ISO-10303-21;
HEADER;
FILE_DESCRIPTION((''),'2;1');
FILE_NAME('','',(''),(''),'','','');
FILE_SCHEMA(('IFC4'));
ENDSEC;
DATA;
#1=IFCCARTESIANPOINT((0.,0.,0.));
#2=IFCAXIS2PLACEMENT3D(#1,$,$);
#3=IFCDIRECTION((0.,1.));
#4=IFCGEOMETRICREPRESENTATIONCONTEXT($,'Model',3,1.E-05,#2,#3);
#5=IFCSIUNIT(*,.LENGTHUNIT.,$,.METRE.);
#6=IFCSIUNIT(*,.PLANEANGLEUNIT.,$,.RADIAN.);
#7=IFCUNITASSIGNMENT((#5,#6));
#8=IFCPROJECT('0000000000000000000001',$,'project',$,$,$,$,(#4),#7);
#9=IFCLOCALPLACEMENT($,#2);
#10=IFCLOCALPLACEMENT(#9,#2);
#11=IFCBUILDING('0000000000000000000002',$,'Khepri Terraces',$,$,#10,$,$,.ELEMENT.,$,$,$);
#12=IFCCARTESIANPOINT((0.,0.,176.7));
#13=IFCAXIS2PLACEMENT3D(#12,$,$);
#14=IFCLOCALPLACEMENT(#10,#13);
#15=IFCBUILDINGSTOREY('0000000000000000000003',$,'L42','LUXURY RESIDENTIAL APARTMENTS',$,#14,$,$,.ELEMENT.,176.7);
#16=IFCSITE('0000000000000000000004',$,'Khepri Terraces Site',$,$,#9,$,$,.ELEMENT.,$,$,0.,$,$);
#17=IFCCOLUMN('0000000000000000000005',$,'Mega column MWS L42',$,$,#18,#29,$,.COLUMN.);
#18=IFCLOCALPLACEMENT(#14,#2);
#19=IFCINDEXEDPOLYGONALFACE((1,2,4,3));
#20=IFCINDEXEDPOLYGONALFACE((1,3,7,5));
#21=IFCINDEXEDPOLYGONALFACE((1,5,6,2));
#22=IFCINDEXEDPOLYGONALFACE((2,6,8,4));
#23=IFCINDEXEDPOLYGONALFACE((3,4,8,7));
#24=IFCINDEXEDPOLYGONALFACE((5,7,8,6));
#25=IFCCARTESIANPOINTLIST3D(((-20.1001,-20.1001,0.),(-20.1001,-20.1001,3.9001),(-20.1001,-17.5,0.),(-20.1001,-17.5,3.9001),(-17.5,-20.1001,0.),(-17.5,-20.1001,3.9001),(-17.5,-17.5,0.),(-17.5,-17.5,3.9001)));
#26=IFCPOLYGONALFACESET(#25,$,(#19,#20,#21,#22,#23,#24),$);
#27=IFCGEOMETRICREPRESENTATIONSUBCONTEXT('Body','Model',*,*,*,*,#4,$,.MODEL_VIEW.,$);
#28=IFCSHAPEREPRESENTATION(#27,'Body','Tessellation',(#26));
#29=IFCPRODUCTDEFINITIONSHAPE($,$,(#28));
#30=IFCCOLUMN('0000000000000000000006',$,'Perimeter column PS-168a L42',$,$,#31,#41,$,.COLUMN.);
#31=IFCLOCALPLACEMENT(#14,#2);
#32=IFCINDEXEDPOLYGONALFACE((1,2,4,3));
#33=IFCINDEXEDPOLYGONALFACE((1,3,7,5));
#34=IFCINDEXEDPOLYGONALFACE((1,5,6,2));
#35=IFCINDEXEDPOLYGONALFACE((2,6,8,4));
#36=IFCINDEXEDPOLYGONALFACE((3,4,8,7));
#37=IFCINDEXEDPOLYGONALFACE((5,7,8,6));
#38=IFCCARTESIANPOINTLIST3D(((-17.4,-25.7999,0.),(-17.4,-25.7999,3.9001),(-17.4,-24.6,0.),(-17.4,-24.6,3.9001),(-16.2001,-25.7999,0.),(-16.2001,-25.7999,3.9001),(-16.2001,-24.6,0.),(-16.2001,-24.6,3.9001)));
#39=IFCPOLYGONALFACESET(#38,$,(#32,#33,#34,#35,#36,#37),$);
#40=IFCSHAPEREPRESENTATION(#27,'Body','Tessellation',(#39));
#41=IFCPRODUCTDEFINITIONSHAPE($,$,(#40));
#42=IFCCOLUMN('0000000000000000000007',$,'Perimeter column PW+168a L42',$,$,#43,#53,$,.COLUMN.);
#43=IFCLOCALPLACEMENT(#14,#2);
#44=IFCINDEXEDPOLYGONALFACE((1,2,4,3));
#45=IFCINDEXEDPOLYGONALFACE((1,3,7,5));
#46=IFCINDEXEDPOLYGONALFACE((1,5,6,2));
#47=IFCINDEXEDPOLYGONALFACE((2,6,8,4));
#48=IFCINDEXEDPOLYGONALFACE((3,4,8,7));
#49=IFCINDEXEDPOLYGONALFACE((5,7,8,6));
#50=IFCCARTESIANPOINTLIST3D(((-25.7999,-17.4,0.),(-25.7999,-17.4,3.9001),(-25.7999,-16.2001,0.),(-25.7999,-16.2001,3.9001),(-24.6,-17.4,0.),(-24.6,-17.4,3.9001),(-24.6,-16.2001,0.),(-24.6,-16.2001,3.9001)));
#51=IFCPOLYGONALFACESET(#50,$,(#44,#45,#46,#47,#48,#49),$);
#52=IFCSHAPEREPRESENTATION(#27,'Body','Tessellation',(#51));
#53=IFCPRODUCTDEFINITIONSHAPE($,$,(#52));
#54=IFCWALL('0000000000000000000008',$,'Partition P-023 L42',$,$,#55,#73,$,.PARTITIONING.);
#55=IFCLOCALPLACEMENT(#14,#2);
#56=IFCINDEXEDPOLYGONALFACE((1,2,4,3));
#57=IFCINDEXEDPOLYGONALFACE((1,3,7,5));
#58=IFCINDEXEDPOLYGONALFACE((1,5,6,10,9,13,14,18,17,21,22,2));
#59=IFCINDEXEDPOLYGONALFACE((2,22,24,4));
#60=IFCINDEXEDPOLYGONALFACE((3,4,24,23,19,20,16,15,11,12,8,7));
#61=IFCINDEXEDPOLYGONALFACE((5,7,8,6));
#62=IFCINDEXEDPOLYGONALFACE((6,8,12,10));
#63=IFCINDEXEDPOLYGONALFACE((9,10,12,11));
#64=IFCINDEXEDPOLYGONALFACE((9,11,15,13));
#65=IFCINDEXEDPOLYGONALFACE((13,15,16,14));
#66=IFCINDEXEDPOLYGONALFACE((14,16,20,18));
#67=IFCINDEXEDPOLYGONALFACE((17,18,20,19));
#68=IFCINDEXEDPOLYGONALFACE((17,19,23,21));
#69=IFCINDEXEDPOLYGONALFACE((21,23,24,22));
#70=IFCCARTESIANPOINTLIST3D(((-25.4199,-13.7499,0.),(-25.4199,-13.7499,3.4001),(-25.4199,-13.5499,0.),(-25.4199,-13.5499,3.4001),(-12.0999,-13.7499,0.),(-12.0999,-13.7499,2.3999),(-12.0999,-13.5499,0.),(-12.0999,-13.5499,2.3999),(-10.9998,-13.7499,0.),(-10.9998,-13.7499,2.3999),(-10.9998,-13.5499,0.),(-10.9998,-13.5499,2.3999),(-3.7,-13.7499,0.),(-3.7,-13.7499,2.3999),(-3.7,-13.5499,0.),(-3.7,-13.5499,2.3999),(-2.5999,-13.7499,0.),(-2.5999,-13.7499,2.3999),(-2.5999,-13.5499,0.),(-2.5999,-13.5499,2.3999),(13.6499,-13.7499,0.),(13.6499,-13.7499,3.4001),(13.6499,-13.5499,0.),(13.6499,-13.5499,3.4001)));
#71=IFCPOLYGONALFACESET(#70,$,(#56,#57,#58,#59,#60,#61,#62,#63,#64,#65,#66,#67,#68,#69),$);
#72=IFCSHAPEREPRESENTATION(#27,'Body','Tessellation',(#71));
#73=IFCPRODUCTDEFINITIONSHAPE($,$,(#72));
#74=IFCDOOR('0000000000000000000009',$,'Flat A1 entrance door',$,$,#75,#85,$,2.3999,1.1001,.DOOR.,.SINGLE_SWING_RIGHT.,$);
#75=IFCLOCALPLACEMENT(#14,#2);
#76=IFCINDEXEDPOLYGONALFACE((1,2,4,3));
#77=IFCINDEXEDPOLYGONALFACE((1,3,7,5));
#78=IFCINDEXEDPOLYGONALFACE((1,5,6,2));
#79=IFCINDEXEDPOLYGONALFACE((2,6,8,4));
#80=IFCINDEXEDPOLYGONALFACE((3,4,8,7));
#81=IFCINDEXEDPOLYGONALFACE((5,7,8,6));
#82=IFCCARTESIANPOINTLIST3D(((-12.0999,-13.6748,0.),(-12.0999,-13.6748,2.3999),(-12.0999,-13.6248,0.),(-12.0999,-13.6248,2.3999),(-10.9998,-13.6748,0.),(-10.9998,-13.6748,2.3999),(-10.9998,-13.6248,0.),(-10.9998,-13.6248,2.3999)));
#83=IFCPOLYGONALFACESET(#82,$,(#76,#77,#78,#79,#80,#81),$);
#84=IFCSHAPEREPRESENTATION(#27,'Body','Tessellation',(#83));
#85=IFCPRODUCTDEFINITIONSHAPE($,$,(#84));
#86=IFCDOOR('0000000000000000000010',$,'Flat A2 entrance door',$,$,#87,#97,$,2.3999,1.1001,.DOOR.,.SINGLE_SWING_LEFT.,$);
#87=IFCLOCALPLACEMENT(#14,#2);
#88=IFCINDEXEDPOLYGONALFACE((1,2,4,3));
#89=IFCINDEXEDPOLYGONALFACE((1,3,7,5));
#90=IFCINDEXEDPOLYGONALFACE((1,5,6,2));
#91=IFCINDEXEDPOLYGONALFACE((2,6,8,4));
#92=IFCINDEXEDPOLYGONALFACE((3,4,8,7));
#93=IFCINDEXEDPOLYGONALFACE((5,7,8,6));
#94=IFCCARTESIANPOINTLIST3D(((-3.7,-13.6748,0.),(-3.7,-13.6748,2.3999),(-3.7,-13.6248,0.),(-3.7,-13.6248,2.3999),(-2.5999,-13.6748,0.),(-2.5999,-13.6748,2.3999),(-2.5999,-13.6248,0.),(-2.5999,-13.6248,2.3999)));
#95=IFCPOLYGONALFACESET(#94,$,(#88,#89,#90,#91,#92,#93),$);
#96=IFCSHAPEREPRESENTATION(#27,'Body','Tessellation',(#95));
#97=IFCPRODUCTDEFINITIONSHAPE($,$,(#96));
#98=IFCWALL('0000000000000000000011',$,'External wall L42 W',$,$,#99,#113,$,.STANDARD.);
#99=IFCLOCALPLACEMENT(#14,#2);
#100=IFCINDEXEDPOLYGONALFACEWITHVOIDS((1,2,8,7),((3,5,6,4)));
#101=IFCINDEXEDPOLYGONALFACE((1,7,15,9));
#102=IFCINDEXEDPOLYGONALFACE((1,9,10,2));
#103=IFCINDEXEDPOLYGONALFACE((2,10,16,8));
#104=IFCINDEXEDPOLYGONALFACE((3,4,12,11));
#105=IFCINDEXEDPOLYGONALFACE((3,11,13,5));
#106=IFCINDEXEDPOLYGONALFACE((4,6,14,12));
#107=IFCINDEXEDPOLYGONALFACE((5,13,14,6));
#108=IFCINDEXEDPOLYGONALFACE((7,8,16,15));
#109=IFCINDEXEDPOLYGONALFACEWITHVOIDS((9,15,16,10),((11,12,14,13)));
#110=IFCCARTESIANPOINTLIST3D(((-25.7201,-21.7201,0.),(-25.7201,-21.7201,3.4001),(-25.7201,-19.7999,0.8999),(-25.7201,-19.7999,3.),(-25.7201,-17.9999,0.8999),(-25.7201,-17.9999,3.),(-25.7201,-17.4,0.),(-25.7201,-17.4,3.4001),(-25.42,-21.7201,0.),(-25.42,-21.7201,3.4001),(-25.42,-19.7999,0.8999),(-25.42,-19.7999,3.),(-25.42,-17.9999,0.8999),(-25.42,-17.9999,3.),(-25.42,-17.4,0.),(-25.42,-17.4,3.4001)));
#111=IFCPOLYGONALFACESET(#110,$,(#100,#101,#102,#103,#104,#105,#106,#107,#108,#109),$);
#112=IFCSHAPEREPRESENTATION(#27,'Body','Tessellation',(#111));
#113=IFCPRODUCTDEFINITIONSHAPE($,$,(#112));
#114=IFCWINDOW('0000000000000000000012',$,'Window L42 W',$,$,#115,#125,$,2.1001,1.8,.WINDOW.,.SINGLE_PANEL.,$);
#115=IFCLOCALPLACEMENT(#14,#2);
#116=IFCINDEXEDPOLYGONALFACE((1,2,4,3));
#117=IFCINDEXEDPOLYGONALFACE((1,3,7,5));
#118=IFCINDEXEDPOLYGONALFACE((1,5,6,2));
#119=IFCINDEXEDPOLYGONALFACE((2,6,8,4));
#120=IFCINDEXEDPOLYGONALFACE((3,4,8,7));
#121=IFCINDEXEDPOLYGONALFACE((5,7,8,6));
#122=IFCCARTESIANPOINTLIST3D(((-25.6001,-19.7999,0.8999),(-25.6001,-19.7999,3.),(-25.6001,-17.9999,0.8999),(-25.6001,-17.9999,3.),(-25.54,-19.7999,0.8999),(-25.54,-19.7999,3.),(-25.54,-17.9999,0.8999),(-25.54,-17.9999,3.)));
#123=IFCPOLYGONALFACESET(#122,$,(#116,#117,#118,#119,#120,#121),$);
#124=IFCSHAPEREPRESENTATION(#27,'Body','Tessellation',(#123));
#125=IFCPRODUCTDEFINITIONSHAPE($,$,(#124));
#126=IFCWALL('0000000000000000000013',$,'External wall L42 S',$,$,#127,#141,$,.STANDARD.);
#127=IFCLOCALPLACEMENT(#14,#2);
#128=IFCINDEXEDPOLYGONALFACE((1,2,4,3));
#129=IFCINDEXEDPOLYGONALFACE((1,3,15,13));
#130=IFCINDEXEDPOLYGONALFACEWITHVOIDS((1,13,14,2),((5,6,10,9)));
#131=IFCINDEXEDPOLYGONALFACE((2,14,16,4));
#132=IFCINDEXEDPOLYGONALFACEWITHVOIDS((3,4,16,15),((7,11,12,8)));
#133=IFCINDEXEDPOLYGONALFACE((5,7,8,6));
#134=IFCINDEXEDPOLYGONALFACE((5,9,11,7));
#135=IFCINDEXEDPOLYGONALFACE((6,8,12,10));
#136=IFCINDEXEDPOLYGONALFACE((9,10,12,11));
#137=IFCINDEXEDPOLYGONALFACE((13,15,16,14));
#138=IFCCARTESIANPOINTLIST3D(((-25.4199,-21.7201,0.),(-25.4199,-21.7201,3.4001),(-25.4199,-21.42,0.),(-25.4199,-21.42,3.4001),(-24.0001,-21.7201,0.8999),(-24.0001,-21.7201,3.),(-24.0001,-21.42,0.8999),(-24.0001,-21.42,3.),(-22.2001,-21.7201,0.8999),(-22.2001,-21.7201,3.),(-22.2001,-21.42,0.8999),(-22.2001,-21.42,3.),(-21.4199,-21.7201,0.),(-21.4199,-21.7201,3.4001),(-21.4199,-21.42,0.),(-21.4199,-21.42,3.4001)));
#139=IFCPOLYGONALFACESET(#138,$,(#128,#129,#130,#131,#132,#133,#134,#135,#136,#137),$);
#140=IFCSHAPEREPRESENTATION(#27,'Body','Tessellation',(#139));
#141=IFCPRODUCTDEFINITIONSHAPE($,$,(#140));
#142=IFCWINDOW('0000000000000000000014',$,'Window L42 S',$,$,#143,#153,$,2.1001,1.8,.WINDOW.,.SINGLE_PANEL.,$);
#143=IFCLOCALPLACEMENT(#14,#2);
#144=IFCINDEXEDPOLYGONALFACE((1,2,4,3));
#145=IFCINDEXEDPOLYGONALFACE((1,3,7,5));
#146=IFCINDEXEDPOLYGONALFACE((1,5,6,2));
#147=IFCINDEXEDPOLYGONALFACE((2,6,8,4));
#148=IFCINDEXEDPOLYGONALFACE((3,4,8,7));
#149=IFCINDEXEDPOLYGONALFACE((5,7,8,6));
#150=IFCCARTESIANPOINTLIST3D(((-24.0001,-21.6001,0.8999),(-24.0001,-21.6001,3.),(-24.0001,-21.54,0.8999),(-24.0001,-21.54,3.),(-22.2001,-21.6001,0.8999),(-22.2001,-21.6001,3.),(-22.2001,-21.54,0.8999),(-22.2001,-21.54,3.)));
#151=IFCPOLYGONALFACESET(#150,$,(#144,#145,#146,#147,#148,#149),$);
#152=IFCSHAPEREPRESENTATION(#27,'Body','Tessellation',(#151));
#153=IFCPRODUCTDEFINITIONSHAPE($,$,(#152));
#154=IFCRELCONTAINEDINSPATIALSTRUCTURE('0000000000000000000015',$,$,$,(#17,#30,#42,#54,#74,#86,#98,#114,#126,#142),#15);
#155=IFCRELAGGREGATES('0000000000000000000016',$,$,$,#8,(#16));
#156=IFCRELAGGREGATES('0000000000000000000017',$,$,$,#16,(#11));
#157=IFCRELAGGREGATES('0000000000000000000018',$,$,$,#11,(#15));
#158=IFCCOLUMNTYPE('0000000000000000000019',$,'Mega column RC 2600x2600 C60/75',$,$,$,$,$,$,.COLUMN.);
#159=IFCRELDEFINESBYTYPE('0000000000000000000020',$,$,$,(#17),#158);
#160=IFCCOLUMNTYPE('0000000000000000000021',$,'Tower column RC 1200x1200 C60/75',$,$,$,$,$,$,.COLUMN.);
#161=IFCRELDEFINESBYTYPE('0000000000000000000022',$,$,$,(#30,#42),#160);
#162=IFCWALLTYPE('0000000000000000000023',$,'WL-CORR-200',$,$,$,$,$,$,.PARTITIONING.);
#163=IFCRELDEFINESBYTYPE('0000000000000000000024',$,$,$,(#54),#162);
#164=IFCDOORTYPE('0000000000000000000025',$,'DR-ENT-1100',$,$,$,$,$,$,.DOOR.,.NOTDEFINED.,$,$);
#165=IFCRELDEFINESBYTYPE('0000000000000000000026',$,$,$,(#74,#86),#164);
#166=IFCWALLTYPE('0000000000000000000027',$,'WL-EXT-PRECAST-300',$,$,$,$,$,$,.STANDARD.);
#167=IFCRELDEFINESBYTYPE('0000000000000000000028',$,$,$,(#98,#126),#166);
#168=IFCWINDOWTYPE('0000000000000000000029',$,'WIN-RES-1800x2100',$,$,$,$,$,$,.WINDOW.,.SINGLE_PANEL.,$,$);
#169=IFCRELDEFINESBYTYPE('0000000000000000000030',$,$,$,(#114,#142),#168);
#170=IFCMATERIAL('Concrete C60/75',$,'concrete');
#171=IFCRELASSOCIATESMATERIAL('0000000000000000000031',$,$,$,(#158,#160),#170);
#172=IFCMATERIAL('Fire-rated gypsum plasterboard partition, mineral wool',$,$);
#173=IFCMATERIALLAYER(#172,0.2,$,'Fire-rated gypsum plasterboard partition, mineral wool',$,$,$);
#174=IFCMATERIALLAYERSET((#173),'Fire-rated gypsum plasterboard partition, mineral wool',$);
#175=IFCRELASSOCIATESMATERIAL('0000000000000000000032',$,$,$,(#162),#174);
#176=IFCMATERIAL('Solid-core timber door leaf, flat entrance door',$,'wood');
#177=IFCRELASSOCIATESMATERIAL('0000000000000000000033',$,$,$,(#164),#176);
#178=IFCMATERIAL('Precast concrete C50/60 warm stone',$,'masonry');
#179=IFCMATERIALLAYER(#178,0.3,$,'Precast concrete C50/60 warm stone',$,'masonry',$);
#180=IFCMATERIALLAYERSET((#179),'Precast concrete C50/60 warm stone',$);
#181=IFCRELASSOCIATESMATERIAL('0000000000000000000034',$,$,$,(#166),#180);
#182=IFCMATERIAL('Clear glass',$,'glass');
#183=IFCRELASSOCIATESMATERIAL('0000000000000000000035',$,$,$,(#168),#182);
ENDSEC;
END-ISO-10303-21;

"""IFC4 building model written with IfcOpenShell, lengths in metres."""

from ifc_helpers import new_model, si_unit, direction, frame, frame_2d, origin, origin_2d, place, context, subcontext, project, spatial, rectangle, extrude, material, layer, layer_set, material_profile, profile_set, type_object, element, fill, save


model = new_model("IFC4")

# Units and contexts
model_context = context("Model", 3, precision=1e-05, world=origin(), true_north=direction((0.0, 1.0)))
body_context = subcontext(model_context, "Body", "Model", "MODEL_VIEW")
ifc_project = project(units=[si_unit("LENGTHUNIT", "METRE"), si_unit("PLANEANGLEUNIT", "RADIAN")], contexts=[model_context])

# Site, building, storey
site_placement = place(None, origin())
site = spatial("IfcSite", under=ifc_project, at=site_placement, Name="Khepri Terraces Site", CompositionType="ELEMENT", RefElevation=0.0)
building_placement = place(site_placement, origin())
building = spatial("IfcBuilding", under=site, at=building_placement, Name="Khepri Terraces", CompositionType="ELEMENT")
storey_placement = place(building_placement, frame((0.0, 0.0, 176.7)))
storey = spatial("IfcBuildingStorey", under=building, at=storey_placement, Name="L42", Description="LUXURY RESIDENTIAL APARTMENTS", CompositionType="ELEMENT", Elevation=176.7)

# Columns
ifc_material_1 = material(Name="Concrete C60/75", Category="concrete")
ifc_material_profile_1 = material_profile(ifc_material_1, rectangle(XDim=2.6001, YDim=2.6001, at=origin_2d()), Name="Concrete C60/75", Category="concrete")
ifc_profile_set_1 = profile_set([ifc_material_profile_1], Name="Concrete C60/75")
column_type_1 = type_object("IfcColumnType", Name="Mega column RC 2600x2600 C60/75", PredefinedType="COLUMN", material=ifc_profile_set_1)
column_placement = place(storey_placement, frame((-18.8, -18.8, 0.0), z_axis=(0.0, 0.0, 1.0), x_axis=(1.0, 0.0, 0.0)))
element("IfcColumn", 1, at=column_placement, inside=storey, type_object=column_type_1, Name="Mega column MWS L42", PredefinedType="COLUMN", context=body_context, shape_type="SweptSolid", body=[
    extrude(rectangle(XDim=2.6001, YDim=2.6001, at=origin_2d()), origin(), (0.0, 0.0, 1.0), 3.9001),
])
ifc_material_profile_2 = material_profile(ifc_material_1, rectangle(XDim=1.2, YDim=1.2, at=origin_2d()), Name="Concrete C60/75", Category="concrete")
ifc_profile_set_2 = profile_set([ifc_material_profile_2], Name="Concrete C60/75")
column_type_2 = type_object("IfcColumnType", Name="Tower column RC 1200x1200 C60/75", PredefinedType="COLUMN", material=ifc_profile_set_2)
for number, where, z_axis, x_axis, name in (
    (2, (-16.8, -25.2, 0.0), (0.0, 0.0, 1.0), (1.0, 0.0, 0.0), "Perimeter column PS-168a L42"),
    (3, (-25.2, -16.8, 0.0), (0.0, 0.0, 1.0), (1.0, 0.0, 0.0), "Perimeter column PW+168a L42"),
):
    element("IfcColumn", number, at=place(storey_placement, frame(where, z_axis=z_axis, x_axis=x_axis)), inside=storey, type_object=column_type_2, Name=name, PredefinedType="COLUMN", context=body_context, shape_type="SweptSolid", body=[
        extrude(rectangle(XDim=1.2, YDim=1.2, at=origin_2d()), origin(), (0.0, 0.0, 1.0), 3.9001),
    ])

# Wall, openings, doors
ifc_material_2 = material(Name="Fire-rated gypsum plasterboard partition, mineral wool")
ifc_layer_1 = layer(ifc_material_2, 0.2, Name="Fire-rated gypsum plasterboard partition, mineral wool")
ifc_layer_set_1 = layer_set([ifc_layer_1], Name="Fire-rated gypsum plasterboard partition, mineral wool")
wall_type_1 = type_object("IfcWallType", Name="WL-CORR-200", PredefinedType="PARTITIONING", material=ifc_layer_set_1)
wall_1_placement = place(storey_placement, frame((-25.4199, -13.6499, 0.0), z_axis=(0.0, 0.0, 1.0), x_axis=(1.0, 0.0, 0.0)))
wall_1 = element("IfcWall", 4, at=wall_1_placement, inside=storey, type_object=wall_type_1, Name="Partition P-023 L42", PredefinedType="PARTITIONING", context=body_context, shape_type="SweptSolid", body=[
    extrude(rectangle(XDim=39.0698, YDim=0.2, at=frame_2d((19.5349, 0.0))), origin(), (0.0, 0.0, 1.0), 3.4001),
])
opening_1_placement = place(wall_1_placement, frame((13.3201, 0.0, 0.0)))
opening_1 = element("IfcOpeningElement", 5, at=opening_1_placement, cuts=wall_1, PredefinedType="OPENING", context=body_context, shape_type="SweptSolid", body=[
    extrude(rectangle(XDim=1.1001, YDim=2.3999, at=frame_2d((0.55, 1.2))), frame((0.0, 0.1099, 0.0), z_axis=(0.0, -1.0, 0.0), x_axis=(1.0, 0.0, 0.0)), (0.0, 0.0, 1.0), 0.22),
])
opening_2_placement = place(wall_1_placement, frame((21.72, 0.0, 0.0)))
opening_2 = element("IfcOpeningElement", 6, at=opening_2_placement, cuts=wall_1, PredefinedType="OPENING", context=body_context, shape_type="SweptSolid", body=[
    extrude(rectangle(XDim=1.1001, YDim=2.3999, at=frame_2d((0.55, 1.2))), frame((0.0, 0.1099, 0.0), z_axis=(0.0, -1.0, 0.0), x_axis=(1.0, 0.0, 0.0)), (0.0, 0.0, 1.0), 0.22),
])
ifc_material_3 = material(Name="Solid-core timber door leaf, flat entrance door", Category="wood")
door_type_1 = type_object("IfcDoorType", Name="DR-ENT-1100", OperationType="NOTDEFINED", PredefinedType="DOOR", material=ifc_material_3)
door_1_placement = place(opening_1_placement, frame((1.1001, 0.0, 0.0), z_axis=(0.0, 0.0, 1.0), x_axis=(-1.0, 0.0, 0.0)))
door_1 = element("IfcDoor", 7, at=door_1_placement, inside=storey, type_object=door_type_1, Name="Flat A1 entrance door", OperationType="SINGLE_SWING_RIGHT", OverallHeight=2.3999, OverallWidth=1.1001, PredefinedType="DOOR", context=body_context, shape_type="SweptSolid", body=[
    extrude(rectangle(XDim=1.1001, YDim=2.3999, at=frame_2d((0.55, 1.2))), frame((0.0, 0.0249, 0.0), z_axis=(0.0, -1.0, 0.0), x_axis=(1.0, 0.0, 0.0)), (0.0, 0.0, 1.0), 0.05),
])
fill(opening_1, door_1)
door_2_placement = place(opening_2_placement, frame((1.1001, 0.0, 0.0), z_axis=(0.0, 0.0, 1.0), x_axis=(-1.0, 0.0, 0.0)))
door_2 = element("IfcDoor", 8, at=door_2_placement, inside=storey, type_object=door_type_1, Name="Flat A2 entrance door", OperationType="SINGLE_SWING_LEFT", OverallHeight=2.3999, OverallWidth=1.1001, PredefinedType="DOOR", context=body_context, shape_type="SweptSolid", body=[
    extrude(rectangle(XDim=1.1001, YDim=2.3999, at=frame_2d((0.55, 1.2))), frame((0.0, 0.0249, 0.0), z_axis=(0.0, -1.0, 0.0), x_axis=(1.0, 0.0, 0.0)), (0.0, 0.0, 1.0), 0.05),
])
fill(opening_2, door_2)

# Walls, openings, windows
ifc_material_4 = material(Name="Precast concrete C50/60 warm stone", Category="masonry")
ifc_layer_2 = layer(ifc_material_4, 0.3, Name="Precast concrete C50/60 warm stone", Category="masonry")
ifc_layer_set_2 = layer_set([ifc_layer_2], Name="Precast concrete C50/60 warm stone")
wall_type_2 = type_object("IfcWallType", Name="WL-EXT-PRECAST-300", PredefinedType="STANDARD", material=ifc_layer_set_2)
wall_2_placement = place(storey_placement, frame((-25.5701, -17.3999, 0.0), z_axis=(0.0, 0.0, 1.0), x_axis=(0.0, -1.0, 0.0)))
wall_2 = element("IfcWall", 9, at=wall_2_placement, inside=storey, type_object=wall_type_2, Name="External wall L42 W", PredefinedType="STANDARD", context=body_context, shape_type="SweptSolid", body=[
    extrude(rectangle(XDim=4.3201, YDim=0.3, at=frame_2d((2.1602, 0.0))), origin(), (0.0, 0.0, 1.0), 3.4001),
])
opening_3_placement = place(wall_2_placement, frame((0.6001, 0.0, 0.8999)))
opening_3 = element("IfcOpeningElement", 10, at=opening_3_placement, cuts=wall_2, PredefinedType="OPENING", context=body_context, shape_type="SweptSolid", body=[
    extrude(rectangle(XDim=1.8, YDim=2.1001, at=frame_2d((0.8999, 1.05))), frame((0.0, 0.1602, 0.0), z_axis=(0.0, -1.0, 0.0), x_axis=(1.0, 0.0, 0.0)), (0.0, 0.0, 1.0), 0.3201),
])
ifc_material_5 = material(Name="Clear glass", Category="glass")
window_type = type_object("IfcWindowType", Name="WIN-RES-1800x2100", PartitioningType="SINGLE_PANEL", PredefinedType="WINDOW", material=ifc_material_5)
window_1_placement = place(opening_3_placement, origin())
window_1 = element("IfcWindow", 11, at=window_1_placement, inside=storey, type_object=window_type, Name="Window L42 W", OverallHeight=2.1001, OverallWidth=1.8, PartitioningType="SINGLE_PANEL", PredefinedType="WINDOW", context=body_context, shape_type="SweptSolid", body=[
    extrude(rectangle(XDim=1.8, YDim=2.1001, at=frame_2d((0.8999, 1.05))), frame((0.0, 0.03, 0.0), z_axis=(0.0, -1.0, 0.0), x_axis=(1.0, 0.0, 0.0)), (0.0, 0.0, 1.0), 0.0601),
])
fill(opening_3, window_1)
wall_3_placement = place(storey_placement, frame((-25.4199, -21.5701, 0.0), z_axis=(0.0, 0.0, 1.0), x_axis=(1.0, 0.0, 0.0)))
wall_3 = element("IfcWall", 12, at=wall_3_placement, inside=storey, type_object=wall_type_2, Name="External wall L42 S", PredefinedType="STANDARD", context=body_context, shape_type="SweptSolid", body=[
    extrude(rectangle(XDim=4.0, YDim=0.3, at=frame_2d((2.0, 0.0))), origin(), (0.0, 0.0, 1.0), 3.4001),
])
opening_4_placement = place(wall_3_placement, frame((1.4199, 0.0, 0.8999)))
opening_4 = element("IfcOpeningElement", 13, at=opening_4_placement, cuts=wall_3, PredefinedType="OPENING", context=body_context, shape_type="SweptSolid", body=[
    extrude(rectangle(XDim=1.8, YDim=2.1001, at=frame_2d((0.8999, 1.05))), frame((0.0, 0.1602, 0.0), z_axis=(0.0, -1.0, 0.0), x_axis=(1.0, 0.0, 0.0)), (0.0, 0.0, 1.0), 0.3201),
])
window_2_placement = place(opening_4_placement, origin())
window_2 = element("IfcWindow", 14, at=window_2_placement, inside=storey, type_object=window_type, Name="Window L42 S", OverallHeight=2.1001, OverallWidth=1.8, PartitioningType="SINGLE_PANEL", PredefinedType="WINDOW", context=body_context, shape_type="SweptSolid", body=[
    extrude(rectangle(XDim=1.8, YDim=2.1001, at=frame_2d((0.8999, 1.05))), frame((0.0, 0.03, 0.0), z_axis=(0.0, -1.0, 0.0), x_axis=(1.0, 0.0, 0.0)), (0.0, 0.0, 1.0), 0.0601),
])
fill(opening_4, window_2)

save(model, "model.ifc")
